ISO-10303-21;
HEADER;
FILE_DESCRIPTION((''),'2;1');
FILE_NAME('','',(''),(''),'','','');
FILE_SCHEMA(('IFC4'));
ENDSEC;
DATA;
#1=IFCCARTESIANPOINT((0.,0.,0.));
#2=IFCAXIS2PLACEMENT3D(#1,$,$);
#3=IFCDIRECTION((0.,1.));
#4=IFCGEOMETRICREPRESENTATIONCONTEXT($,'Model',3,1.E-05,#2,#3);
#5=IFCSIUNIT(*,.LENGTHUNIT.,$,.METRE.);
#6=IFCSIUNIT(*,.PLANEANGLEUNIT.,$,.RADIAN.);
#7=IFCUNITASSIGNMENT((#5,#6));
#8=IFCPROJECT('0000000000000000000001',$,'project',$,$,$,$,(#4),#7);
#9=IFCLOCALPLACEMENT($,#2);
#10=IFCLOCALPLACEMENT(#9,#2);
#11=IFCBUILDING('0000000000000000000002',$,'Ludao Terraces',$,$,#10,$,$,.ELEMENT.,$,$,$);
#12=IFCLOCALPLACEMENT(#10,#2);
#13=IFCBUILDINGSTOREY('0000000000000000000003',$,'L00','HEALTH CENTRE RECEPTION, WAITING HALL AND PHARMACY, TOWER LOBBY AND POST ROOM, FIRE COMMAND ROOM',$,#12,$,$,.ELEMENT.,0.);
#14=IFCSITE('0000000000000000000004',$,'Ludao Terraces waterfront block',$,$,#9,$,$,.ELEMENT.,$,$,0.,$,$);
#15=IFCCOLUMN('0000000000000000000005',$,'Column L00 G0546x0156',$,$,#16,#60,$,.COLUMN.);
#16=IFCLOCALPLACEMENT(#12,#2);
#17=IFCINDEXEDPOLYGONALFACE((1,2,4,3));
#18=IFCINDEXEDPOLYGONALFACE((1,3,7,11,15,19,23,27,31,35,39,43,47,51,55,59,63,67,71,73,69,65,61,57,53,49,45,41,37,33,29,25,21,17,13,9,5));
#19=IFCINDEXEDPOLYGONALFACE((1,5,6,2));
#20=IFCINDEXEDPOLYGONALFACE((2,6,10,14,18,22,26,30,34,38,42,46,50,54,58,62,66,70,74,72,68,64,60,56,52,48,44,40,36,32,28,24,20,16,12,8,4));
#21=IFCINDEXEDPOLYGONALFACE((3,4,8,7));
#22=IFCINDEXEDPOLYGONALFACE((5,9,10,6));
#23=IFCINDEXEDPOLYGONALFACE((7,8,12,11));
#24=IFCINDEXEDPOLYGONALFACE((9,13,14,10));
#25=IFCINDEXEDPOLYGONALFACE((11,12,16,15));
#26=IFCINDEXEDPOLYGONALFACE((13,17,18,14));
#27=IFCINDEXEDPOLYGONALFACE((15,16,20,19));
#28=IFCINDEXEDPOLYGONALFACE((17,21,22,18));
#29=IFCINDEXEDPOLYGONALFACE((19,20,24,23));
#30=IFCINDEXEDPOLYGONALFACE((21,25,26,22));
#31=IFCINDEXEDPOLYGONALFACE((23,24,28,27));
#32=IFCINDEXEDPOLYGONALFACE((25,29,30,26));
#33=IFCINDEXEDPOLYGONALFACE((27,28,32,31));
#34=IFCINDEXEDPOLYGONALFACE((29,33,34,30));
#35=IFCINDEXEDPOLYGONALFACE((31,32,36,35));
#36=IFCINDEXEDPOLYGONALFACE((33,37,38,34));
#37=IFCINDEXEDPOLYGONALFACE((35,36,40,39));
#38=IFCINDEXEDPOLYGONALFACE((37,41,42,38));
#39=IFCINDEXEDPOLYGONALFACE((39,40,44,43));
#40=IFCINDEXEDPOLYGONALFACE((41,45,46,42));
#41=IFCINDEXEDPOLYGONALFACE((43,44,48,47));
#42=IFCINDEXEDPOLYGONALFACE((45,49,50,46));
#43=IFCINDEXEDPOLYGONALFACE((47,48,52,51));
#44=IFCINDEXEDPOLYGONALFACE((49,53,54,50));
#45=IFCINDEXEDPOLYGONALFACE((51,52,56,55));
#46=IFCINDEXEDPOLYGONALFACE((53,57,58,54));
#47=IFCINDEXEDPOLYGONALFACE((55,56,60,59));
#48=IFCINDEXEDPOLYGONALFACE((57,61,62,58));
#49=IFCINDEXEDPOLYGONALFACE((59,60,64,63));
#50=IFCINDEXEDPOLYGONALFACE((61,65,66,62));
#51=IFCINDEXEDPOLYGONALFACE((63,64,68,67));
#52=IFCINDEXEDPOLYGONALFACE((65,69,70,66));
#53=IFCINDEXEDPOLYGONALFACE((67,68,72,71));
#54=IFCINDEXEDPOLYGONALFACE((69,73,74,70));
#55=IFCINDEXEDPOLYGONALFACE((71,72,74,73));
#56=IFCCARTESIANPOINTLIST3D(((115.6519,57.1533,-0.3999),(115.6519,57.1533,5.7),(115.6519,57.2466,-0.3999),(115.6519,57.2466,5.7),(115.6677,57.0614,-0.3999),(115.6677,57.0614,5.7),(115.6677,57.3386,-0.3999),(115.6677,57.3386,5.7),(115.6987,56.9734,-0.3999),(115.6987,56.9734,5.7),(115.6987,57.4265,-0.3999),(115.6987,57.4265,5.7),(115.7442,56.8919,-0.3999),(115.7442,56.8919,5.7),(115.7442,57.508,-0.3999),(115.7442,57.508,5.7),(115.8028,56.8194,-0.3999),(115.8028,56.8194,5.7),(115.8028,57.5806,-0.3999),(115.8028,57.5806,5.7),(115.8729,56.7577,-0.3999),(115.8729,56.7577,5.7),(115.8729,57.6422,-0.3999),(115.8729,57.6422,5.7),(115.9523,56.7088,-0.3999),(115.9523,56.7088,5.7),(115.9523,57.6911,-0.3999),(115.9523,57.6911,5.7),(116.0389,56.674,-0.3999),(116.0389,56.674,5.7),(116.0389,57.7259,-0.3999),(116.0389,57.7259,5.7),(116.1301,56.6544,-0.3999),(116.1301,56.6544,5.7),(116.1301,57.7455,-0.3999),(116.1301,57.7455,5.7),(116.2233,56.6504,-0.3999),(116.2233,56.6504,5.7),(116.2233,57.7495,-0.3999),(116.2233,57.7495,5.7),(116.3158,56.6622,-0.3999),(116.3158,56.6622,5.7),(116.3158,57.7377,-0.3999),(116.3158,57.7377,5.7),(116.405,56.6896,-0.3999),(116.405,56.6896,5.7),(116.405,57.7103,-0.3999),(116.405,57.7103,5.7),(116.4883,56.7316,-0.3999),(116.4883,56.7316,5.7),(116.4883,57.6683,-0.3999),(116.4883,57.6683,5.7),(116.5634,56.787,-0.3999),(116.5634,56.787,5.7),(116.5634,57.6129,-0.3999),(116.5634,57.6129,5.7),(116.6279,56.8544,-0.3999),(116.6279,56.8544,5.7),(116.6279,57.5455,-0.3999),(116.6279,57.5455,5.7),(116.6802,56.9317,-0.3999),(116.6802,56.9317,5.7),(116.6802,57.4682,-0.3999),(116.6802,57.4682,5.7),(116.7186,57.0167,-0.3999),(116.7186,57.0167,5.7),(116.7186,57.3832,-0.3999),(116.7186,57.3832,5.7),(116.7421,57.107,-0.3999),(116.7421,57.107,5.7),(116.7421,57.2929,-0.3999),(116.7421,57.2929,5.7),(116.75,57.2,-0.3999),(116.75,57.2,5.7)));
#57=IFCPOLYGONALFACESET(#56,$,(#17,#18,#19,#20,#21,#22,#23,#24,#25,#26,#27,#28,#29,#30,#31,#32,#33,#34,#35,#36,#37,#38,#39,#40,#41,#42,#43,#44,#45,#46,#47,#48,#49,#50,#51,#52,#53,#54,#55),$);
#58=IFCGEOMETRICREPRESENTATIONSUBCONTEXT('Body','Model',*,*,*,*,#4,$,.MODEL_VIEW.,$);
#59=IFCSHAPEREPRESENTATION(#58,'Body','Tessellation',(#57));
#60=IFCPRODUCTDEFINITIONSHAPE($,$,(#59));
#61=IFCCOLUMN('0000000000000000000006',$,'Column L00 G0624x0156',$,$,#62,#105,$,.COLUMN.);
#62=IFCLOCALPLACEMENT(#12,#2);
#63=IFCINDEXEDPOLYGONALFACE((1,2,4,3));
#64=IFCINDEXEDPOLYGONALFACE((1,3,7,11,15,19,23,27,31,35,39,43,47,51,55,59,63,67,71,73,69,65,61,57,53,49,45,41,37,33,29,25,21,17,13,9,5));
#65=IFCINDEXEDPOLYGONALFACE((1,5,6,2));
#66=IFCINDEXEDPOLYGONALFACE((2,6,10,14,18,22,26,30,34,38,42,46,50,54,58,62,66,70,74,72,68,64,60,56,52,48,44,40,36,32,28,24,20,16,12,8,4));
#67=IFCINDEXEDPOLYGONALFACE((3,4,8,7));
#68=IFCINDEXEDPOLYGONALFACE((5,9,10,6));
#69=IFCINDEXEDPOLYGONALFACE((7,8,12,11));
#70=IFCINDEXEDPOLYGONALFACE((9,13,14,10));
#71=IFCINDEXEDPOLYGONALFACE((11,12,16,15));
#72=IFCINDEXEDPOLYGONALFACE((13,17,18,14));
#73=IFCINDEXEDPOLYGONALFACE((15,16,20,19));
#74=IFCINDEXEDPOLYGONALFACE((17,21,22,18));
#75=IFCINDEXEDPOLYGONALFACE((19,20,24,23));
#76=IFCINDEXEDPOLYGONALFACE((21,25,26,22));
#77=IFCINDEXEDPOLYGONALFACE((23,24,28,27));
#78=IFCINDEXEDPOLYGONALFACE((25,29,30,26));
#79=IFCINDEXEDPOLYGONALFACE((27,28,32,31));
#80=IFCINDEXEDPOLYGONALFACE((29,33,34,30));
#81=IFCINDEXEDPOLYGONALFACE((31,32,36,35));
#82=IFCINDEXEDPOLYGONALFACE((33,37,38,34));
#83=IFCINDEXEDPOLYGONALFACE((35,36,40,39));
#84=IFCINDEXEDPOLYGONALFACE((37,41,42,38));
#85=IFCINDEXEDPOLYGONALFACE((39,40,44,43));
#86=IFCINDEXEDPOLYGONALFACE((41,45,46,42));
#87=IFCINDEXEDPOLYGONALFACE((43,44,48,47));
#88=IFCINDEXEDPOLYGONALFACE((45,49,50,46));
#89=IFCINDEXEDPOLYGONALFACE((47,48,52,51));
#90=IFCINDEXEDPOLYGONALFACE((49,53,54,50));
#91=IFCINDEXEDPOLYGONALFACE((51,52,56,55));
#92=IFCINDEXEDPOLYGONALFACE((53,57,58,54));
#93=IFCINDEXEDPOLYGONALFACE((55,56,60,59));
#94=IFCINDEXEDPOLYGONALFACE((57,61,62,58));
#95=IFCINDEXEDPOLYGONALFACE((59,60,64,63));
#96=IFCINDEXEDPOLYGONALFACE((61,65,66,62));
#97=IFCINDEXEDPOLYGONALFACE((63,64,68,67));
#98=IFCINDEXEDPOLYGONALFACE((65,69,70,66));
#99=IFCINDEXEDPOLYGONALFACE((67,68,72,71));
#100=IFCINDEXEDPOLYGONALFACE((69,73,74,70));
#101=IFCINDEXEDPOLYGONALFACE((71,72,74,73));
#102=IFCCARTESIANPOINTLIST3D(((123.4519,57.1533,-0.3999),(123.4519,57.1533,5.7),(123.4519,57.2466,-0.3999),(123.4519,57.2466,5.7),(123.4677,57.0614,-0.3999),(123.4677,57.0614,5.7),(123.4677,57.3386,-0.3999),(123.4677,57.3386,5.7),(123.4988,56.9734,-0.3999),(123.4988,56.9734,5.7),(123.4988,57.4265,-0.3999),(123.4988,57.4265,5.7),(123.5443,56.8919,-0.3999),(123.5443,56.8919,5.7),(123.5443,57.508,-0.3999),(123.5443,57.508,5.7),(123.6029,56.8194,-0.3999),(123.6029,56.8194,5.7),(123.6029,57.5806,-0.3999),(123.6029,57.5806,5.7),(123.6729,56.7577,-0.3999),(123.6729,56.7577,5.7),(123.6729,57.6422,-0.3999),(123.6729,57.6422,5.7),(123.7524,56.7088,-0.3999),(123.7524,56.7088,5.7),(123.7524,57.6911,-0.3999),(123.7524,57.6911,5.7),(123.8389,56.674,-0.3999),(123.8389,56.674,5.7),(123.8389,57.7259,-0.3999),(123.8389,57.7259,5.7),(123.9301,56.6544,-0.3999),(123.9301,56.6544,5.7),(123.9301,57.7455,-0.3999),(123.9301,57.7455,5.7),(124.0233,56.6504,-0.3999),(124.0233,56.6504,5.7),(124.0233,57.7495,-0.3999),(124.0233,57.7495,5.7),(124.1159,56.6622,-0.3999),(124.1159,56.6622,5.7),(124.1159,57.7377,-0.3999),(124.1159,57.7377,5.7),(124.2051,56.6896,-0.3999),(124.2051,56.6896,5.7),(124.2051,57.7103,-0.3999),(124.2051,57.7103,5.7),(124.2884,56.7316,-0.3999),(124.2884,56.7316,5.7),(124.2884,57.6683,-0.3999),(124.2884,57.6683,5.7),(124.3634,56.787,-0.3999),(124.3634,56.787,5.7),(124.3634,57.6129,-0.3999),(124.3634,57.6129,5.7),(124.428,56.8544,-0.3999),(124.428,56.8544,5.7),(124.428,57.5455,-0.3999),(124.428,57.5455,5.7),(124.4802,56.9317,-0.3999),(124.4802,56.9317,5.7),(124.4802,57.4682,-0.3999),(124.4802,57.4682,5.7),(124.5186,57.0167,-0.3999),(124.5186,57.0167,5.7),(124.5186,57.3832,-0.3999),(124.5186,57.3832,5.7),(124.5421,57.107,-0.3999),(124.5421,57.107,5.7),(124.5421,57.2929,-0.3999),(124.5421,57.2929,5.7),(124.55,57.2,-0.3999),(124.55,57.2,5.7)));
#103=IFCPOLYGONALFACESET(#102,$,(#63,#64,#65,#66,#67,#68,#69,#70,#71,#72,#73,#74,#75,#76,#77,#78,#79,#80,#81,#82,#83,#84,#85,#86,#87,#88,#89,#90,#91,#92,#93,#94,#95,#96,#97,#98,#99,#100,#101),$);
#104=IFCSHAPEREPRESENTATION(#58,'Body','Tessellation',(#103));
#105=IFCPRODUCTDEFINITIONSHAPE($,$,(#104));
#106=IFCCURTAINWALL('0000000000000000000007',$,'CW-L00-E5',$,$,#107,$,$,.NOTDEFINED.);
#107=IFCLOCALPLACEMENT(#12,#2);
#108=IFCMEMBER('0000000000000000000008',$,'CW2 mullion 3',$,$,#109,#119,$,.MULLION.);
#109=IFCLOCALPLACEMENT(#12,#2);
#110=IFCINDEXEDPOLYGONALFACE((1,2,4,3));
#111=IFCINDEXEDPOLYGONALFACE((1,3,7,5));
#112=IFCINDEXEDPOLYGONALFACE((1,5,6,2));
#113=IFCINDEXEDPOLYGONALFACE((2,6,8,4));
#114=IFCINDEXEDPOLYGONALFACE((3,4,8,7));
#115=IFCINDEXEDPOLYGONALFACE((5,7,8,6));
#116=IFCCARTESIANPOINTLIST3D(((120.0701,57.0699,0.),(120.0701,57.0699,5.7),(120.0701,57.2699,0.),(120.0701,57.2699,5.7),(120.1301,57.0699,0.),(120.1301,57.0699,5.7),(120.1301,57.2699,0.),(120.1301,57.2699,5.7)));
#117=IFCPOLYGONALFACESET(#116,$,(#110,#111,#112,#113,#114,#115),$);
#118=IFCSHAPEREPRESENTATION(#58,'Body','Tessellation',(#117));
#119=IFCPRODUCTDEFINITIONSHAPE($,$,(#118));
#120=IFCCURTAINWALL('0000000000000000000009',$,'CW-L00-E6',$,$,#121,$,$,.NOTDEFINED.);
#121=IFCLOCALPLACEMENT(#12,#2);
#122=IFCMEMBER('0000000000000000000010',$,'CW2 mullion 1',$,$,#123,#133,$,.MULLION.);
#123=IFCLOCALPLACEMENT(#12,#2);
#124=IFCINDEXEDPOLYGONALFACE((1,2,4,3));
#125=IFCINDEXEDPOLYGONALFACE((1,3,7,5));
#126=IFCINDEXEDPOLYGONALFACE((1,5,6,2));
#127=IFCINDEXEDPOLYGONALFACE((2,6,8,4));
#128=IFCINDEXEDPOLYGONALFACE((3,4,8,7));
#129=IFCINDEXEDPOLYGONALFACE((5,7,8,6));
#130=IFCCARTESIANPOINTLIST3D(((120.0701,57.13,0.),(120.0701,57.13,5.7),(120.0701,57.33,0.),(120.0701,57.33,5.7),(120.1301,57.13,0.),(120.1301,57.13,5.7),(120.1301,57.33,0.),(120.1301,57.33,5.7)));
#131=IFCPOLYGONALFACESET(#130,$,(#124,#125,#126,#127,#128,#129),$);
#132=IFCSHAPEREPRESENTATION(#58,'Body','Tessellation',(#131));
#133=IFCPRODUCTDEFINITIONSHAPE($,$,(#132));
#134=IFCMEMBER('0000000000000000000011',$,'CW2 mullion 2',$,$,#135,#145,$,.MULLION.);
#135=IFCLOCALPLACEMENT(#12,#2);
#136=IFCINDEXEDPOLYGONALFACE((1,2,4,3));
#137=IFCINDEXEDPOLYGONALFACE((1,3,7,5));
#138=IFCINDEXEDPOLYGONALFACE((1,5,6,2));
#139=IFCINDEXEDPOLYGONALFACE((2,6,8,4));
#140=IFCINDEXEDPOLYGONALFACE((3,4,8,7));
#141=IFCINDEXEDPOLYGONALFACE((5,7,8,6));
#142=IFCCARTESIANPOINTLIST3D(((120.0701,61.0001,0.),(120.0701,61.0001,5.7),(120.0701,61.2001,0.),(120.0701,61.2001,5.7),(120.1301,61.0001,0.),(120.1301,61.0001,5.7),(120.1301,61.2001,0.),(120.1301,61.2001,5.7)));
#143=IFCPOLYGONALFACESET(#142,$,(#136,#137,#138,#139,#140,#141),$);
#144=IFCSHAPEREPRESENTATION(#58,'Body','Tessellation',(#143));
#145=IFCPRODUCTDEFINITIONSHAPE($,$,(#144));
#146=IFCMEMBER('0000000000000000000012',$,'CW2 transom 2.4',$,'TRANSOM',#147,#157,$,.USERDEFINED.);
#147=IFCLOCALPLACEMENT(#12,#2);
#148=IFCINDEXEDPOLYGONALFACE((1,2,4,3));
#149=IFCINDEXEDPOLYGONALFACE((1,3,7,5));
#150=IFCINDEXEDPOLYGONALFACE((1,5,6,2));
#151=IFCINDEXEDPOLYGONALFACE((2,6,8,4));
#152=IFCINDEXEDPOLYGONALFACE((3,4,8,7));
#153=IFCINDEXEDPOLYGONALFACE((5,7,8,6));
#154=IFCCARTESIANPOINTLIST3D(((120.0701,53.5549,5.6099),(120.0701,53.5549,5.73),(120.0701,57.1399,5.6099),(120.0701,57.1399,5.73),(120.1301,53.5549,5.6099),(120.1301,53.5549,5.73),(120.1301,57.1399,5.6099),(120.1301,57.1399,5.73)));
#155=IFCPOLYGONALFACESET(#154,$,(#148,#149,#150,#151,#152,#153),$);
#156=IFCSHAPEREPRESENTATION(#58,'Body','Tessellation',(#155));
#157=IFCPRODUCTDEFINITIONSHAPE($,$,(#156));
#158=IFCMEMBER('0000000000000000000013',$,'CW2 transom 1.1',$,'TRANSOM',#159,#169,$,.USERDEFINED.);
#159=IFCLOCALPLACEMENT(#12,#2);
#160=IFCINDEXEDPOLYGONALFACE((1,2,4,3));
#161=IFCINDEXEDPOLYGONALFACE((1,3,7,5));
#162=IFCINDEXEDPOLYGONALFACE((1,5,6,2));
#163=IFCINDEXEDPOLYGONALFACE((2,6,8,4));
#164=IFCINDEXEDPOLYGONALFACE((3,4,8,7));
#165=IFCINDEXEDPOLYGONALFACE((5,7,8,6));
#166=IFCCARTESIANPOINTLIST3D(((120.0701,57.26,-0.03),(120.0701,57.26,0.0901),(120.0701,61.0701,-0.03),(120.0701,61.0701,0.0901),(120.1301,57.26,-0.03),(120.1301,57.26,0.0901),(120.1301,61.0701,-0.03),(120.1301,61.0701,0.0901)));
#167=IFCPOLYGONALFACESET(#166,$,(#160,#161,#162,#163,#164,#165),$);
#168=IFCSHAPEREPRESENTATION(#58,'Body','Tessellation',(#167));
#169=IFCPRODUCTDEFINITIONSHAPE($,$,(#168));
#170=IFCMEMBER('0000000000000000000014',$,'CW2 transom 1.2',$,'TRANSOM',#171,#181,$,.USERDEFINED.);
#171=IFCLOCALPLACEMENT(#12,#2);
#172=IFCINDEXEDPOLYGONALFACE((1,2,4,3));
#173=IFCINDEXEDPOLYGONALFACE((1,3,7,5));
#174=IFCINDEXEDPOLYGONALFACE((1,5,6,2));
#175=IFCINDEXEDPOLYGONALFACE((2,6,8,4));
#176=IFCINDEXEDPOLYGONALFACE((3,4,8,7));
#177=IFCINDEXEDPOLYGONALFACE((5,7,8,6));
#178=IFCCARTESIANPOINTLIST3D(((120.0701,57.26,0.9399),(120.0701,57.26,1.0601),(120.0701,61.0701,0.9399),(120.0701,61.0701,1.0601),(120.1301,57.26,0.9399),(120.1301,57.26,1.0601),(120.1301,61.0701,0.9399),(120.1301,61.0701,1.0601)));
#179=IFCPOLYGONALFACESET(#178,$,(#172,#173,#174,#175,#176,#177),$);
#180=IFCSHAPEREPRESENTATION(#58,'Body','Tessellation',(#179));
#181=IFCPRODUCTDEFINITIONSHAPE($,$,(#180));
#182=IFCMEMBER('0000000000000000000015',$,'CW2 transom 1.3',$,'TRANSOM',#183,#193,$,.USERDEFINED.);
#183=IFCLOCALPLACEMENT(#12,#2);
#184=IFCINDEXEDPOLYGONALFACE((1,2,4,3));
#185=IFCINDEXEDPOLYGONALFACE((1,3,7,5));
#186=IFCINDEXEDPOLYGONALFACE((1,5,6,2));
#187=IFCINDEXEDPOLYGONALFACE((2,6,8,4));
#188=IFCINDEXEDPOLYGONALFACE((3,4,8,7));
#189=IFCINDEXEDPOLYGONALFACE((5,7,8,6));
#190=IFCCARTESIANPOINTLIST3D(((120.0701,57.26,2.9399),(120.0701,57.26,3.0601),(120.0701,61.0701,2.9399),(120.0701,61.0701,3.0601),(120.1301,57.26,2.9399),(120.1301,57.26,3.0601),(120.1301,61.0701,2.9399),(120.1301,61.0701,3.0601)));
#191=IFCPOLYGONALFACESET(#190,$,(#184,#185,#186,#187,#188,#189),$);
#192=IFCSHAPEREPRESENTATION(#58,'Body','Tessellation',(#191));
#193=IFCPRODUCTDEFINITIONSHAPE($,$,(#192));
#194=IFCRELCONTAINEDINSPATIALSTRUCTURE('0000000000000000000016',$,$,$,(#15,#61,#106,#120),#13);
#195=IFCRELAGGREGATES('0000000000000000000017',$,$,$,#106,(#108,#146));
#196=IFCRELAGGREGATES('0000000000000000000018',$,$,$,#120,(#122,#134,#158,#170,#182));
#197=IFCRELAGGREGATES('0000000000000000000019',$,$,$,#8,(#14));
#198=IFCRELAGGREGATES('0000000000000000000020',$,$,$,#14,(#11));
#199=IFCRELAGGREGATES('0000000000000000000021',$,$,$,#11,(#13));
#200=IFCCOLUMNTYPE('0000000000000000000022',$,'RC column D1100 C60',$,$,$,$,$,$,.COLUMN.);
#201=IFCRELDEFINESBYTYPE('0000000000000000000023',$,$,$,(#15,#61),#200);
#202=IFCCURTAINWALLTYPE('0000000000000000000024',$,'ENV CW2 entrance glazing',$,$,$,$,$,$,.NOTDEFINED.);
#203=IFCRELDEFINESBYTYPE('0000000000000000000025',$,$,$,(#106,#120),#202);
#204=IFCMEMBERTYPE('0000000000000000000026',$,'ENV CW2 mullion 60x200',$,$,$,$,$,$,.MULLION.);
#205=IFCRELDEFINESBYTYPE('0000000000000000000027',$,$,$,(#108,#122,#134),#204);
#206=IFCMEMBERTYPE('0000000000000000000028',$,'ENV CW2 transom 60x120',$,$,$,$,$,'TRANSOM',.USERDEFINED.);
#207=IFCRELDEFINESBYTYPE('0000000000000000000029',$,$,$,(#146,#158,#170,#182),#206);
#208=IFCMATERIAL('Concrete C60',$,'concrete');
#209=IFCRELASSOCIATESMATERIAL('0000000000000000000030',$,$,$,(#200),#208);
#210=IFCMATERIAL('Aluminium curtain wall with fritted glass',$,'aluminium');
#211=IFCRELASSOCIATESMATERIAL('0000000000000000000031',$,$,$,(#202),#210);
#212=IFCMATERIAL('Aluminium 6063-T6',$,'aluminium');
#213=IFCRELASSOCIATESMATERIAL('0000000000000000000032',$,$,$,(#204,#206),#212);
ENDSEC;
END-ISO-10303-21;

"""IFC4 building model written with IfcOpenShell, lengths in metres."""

from ifc_helpers import new_model, si_unit, direction, frame, origin, origin_2d, place, context, subcontext, project, spatial, rectangle, circle, extrude, material, material_profile, profile_set, type_object, element, aggregate, save


model = new_model("IFC4")

# Units and contexts
model_context = context("Model", 3, precision=1e-05, world=origin(), true_north=direction((0.0, 1.0)))
body_context = subcontext(model_context, "Body", "Model", "MODEL_VIEW")
ifc_project = project(units=[si_unit("LENGTHUNIT", "METRE"), si_unit("PLANEANGLEUNIT", "RADIAN")], contexts=[model_context])

# Site, building, storey
site_placement = place(None, origin())
site = spatial("IfcSite", under=ifc_project, at=site_placement, Name="Ludao Terraces waterfront block", CompositionType="ELEMENT", RefElevation=0.0)
building_placement = place(site_placement, origin())
building = spatial("IfcBuilding", under=site, at=building_placement, Name="Ludao Terraces", CompositionType="ELEMENT")
storey_placement = place(building_placement, origin())
storey = spatial("IfcBuildingStorey", under=building, at=storey_placement, Name="L00", Description="HEALTH CENTRE RECEPTION, WAITING HALL AND PHARMACY, TOWER LOBBY AND POST ROOM, FIRE COMMAND ROOM", CompositionType="ELEMENT", Elevation=0.0)

# Columns
ifc_material_1 = material(Name="Concrete C60", Category="concrete")
ifc_material_profile_1 = material_profile(ifc_material_1, circle(Radius=0.55, at=origin_2d()), Name="D1100")
ifc_profile_set_1 = profile_set([ifc_material_profile_1], Name="Concrete C60")
column_type = type_object("IfcColumnType", Name="RC column D1100 C60", PredefinedType="COLUMN", material=ifc_profile_set_1)
for number, where, z_axis, x_axis, name in (
    (1, (116.2, 57.2, -0.3999), (0.0, 0.0, 1.0), (1.0, 0.0, 0.0), "Column L00 G0546x0156"),
    (2, (124.0, 57.2, -0.3999), (0.0, 0.0, 1.0), (1.0, 0.0, 0.0), "Column L00 G0624x0156"),
):
    element("IfcColumn", number, at=place(storey_placement, frame(where, z_axis=z_axis, x_axis=x_axis)), inside=storey, type_object=column_type, Name=name, PredefinedType="COLUMN", context=body_context, shape_type="SweptSolid", body=[
        extrude(circle(Radius=0.55, at=origin_2d()), origin(), (0.0, 0.0, 1.0), 6.0999),
    ])

# Curtain wall, member
ifc_material_2 = material(Name="Aluminium curtain wall with fritted glass", Category="aluminium")
curtain_wall_type = type_object("IfcCurtainWallType", Name="ENV CW2 entrance glazing", PredefinedType="NOTDEFINED", material=ifc_material_2)
curtain_wall_1_placement = place(storey_placement, origin())
curtain_wall_1 = element("IfcCurtainWall", 3, at=curtain_wall_1_placement, inside=storey, type_object=curtain_wall_type, Name="CW-L00-E5", PredefinedType="NOTDEFINED")
ifc_material_3 = material(Name="Aluminium 6063-T6", Category="aluminium")
ifc_material_profile_2 = material_profile(ifc_material_3, rectangle(XDim=0.0601, YDim=0.2, at=origin_2d()), Name="60 X 200")
ifc_profile_set_2 = profile_set([ifc_material_profile_2], Name="Aluminium 6063-T6")
member_type_1 = type_object("IfcMemberType", Name="ENV CW2 mullion 60x200", PredefinedType="MULLION", material=ifc_profile_set_2)
member_1_placement = place(storey_placement, frame((120.1001, 57.1699, 0.0), z_axis=(0.0, 0.0, 1.0), x_axis=(-1.0, 0.0, 0.0)))
member_1 = element("IfcMember", 4, at=member_1_placement, type_object=member_type_1, Name="CW2 mullion 3", PredefinedType="MULLION", context=body_context, shape_type="SweptSolid", body=[
    extrude(rectangle(XDim=0.0601, YDim=0.2, at=origin_2d()), origin(), (0.0, 0.0, 1.0), 5.7),
])

# Curtain wall, members
curtain_wall_2_placement = place(storey_placement, origin())
curtain_wall_2 = element("IfcCurtainWall", 5, at=curtain_wall_2_placement, inside=storey, type_object=curtain_wall_type, Name="CW-L00-E6", PredefinedType="NOTDEFINED")
member_2_placement = place(storey_placement, frame((120.1001, 57.23, 0.0), z_axis=(0.0, 0.0, 1.0), x_axis=(-1.0, 0.0, 0.0)))
member_2 = element("IfcMember", 6, at=member_2_placement, type_object=member_type_1, Name="CW2 mullion 1", PredefinedType="MULLION", context=body_context, shape_type="SweptSolid", body=[
    extrude(rectangle(XDim=0.0601, YDim=0.2, at=origin_2d()), origin(), (0.0, 0.0, 1.0), 5.7),
])
member_3_placement = place(storey_placement, frame((120.1001, 61.1001, 0.0), z_axis=(0.0, 0.0, 1.0), x_axis=(-1.0, 0.0, 0.0)))
member_3 = element("IfcMember", 7, at=member_3_placement, type_object=member_type_1, Name="CW2 mullion 2", PredefinedType="MULLION", context=body_context, shape_type="SweptSolid", body=[
    extrude(rectangle(XDim=0.0601, YDim=0.2, at=origin_2d()), origin(), (0.0, 0.0, 1.0), 5.7),
])

# Members
ifc_material_profile_3 = material_profile(ifc_material_3, rectangle(XDim=0.0601, YDim=0.1201, at=origin_2d()), Name="60 X 120")
ifc_profile_set_3 = profile_set([ifc_material_profile_3], Name="Aluminium 6063-T6")
member_type_2 = type_object("IfcMemberType", Name="ENV CW2 transom 60x120", ElementType="TRANSOM", PredefinedType="USERDEFINED", material=ifc_profile_set_3)
member_4_placement = place(storey_placement, frame((120.1001, 53.5549, 5.6699), z_axis=(0.0, 1.0, 0.0), x_axis=(-1.0, 0.0, 0.0)))
member_4 = element("IfcMember", 8, at=member_4_placement, type_object=member_type_2, Name="CW2 transom 2.4", ObjectType="TRANSOM", PredefinedType="USERDEFINED", context=body_context, shape_type="SweptSolid", body=[
    extrude(rectangle(XDim=0.0601, YDim=0.1201, at=origin_2d()), origin(), (0.0, 0.0, 1.0), 3.585),
])
member_5_placement = place(storey_placement, frame((120.1001, 57.26, 0.03), z_axis=(0.0, 1.0, 0.0), x_axis=(-1.0, 0.0, 0.0)))
member_5 = element("IfcMember", 9, at=member_5_placement, type_object=member_type_2, Name="CW2 transom 1.1", ObjectType="TRANSOM", PredefinedType="USERDEFINED", context=body_context, shape_type="SweptSolid", body=[
    extrude(rectangle(XDim=0.0601, YDim=0.1201, at=origin_2d()), origin(), (0.0, 0.0, 1.0), 3.8101),
])
member_6_placement = place(storey_placement, frame((120.1001, 57.26, 1.0), z_axis=(0.0, 1.0, 0.0), x_axis=(-1.0, 0.0, 0.0)))
member_6 = element("IfcMember", 10, at=member_6_placement, type_object=member_type_2, Name="CW2 transom 1.2", ObjectType="TRANSOM", PredefinedType="USERDEFINED", context=body_context, shape_type="SweptSolid", body=[
    extrude(rectangle(XDim=0.0601, YDim=0.1201, at=origin_2d()), origin(), (0.0, 0.0, 1.0), 3.8101),
])
member_7_placement = place(storey_placement, frame((120.1001, 57.26, 3.0), z_axis=(0.0, 1.0, 0.0), x_axis=(-1.0, 0.0, 0.0)))
member_7 = element("IfcMember", 11, at=member_7_placement, type_object=member_type_2, Name="CW2 transom 1.3", ObjectType="TRANSOM", PredefinedType="USERDEFINED", context=body_context, shape_type="SweptSolid", body=[
    extrude(rectangle(XDim=0.0601, YDim=0.1201, at=origin_2d()), origin(), (0.0, 0.0, 1.0), 3.8101),
])

aggregate(curtain_wall_1, [member_1, member_4])
aggregate(curtain_wall_2, [member_2, member_3, member_5, member_6, member_7])

save(model, "model.ifc")
